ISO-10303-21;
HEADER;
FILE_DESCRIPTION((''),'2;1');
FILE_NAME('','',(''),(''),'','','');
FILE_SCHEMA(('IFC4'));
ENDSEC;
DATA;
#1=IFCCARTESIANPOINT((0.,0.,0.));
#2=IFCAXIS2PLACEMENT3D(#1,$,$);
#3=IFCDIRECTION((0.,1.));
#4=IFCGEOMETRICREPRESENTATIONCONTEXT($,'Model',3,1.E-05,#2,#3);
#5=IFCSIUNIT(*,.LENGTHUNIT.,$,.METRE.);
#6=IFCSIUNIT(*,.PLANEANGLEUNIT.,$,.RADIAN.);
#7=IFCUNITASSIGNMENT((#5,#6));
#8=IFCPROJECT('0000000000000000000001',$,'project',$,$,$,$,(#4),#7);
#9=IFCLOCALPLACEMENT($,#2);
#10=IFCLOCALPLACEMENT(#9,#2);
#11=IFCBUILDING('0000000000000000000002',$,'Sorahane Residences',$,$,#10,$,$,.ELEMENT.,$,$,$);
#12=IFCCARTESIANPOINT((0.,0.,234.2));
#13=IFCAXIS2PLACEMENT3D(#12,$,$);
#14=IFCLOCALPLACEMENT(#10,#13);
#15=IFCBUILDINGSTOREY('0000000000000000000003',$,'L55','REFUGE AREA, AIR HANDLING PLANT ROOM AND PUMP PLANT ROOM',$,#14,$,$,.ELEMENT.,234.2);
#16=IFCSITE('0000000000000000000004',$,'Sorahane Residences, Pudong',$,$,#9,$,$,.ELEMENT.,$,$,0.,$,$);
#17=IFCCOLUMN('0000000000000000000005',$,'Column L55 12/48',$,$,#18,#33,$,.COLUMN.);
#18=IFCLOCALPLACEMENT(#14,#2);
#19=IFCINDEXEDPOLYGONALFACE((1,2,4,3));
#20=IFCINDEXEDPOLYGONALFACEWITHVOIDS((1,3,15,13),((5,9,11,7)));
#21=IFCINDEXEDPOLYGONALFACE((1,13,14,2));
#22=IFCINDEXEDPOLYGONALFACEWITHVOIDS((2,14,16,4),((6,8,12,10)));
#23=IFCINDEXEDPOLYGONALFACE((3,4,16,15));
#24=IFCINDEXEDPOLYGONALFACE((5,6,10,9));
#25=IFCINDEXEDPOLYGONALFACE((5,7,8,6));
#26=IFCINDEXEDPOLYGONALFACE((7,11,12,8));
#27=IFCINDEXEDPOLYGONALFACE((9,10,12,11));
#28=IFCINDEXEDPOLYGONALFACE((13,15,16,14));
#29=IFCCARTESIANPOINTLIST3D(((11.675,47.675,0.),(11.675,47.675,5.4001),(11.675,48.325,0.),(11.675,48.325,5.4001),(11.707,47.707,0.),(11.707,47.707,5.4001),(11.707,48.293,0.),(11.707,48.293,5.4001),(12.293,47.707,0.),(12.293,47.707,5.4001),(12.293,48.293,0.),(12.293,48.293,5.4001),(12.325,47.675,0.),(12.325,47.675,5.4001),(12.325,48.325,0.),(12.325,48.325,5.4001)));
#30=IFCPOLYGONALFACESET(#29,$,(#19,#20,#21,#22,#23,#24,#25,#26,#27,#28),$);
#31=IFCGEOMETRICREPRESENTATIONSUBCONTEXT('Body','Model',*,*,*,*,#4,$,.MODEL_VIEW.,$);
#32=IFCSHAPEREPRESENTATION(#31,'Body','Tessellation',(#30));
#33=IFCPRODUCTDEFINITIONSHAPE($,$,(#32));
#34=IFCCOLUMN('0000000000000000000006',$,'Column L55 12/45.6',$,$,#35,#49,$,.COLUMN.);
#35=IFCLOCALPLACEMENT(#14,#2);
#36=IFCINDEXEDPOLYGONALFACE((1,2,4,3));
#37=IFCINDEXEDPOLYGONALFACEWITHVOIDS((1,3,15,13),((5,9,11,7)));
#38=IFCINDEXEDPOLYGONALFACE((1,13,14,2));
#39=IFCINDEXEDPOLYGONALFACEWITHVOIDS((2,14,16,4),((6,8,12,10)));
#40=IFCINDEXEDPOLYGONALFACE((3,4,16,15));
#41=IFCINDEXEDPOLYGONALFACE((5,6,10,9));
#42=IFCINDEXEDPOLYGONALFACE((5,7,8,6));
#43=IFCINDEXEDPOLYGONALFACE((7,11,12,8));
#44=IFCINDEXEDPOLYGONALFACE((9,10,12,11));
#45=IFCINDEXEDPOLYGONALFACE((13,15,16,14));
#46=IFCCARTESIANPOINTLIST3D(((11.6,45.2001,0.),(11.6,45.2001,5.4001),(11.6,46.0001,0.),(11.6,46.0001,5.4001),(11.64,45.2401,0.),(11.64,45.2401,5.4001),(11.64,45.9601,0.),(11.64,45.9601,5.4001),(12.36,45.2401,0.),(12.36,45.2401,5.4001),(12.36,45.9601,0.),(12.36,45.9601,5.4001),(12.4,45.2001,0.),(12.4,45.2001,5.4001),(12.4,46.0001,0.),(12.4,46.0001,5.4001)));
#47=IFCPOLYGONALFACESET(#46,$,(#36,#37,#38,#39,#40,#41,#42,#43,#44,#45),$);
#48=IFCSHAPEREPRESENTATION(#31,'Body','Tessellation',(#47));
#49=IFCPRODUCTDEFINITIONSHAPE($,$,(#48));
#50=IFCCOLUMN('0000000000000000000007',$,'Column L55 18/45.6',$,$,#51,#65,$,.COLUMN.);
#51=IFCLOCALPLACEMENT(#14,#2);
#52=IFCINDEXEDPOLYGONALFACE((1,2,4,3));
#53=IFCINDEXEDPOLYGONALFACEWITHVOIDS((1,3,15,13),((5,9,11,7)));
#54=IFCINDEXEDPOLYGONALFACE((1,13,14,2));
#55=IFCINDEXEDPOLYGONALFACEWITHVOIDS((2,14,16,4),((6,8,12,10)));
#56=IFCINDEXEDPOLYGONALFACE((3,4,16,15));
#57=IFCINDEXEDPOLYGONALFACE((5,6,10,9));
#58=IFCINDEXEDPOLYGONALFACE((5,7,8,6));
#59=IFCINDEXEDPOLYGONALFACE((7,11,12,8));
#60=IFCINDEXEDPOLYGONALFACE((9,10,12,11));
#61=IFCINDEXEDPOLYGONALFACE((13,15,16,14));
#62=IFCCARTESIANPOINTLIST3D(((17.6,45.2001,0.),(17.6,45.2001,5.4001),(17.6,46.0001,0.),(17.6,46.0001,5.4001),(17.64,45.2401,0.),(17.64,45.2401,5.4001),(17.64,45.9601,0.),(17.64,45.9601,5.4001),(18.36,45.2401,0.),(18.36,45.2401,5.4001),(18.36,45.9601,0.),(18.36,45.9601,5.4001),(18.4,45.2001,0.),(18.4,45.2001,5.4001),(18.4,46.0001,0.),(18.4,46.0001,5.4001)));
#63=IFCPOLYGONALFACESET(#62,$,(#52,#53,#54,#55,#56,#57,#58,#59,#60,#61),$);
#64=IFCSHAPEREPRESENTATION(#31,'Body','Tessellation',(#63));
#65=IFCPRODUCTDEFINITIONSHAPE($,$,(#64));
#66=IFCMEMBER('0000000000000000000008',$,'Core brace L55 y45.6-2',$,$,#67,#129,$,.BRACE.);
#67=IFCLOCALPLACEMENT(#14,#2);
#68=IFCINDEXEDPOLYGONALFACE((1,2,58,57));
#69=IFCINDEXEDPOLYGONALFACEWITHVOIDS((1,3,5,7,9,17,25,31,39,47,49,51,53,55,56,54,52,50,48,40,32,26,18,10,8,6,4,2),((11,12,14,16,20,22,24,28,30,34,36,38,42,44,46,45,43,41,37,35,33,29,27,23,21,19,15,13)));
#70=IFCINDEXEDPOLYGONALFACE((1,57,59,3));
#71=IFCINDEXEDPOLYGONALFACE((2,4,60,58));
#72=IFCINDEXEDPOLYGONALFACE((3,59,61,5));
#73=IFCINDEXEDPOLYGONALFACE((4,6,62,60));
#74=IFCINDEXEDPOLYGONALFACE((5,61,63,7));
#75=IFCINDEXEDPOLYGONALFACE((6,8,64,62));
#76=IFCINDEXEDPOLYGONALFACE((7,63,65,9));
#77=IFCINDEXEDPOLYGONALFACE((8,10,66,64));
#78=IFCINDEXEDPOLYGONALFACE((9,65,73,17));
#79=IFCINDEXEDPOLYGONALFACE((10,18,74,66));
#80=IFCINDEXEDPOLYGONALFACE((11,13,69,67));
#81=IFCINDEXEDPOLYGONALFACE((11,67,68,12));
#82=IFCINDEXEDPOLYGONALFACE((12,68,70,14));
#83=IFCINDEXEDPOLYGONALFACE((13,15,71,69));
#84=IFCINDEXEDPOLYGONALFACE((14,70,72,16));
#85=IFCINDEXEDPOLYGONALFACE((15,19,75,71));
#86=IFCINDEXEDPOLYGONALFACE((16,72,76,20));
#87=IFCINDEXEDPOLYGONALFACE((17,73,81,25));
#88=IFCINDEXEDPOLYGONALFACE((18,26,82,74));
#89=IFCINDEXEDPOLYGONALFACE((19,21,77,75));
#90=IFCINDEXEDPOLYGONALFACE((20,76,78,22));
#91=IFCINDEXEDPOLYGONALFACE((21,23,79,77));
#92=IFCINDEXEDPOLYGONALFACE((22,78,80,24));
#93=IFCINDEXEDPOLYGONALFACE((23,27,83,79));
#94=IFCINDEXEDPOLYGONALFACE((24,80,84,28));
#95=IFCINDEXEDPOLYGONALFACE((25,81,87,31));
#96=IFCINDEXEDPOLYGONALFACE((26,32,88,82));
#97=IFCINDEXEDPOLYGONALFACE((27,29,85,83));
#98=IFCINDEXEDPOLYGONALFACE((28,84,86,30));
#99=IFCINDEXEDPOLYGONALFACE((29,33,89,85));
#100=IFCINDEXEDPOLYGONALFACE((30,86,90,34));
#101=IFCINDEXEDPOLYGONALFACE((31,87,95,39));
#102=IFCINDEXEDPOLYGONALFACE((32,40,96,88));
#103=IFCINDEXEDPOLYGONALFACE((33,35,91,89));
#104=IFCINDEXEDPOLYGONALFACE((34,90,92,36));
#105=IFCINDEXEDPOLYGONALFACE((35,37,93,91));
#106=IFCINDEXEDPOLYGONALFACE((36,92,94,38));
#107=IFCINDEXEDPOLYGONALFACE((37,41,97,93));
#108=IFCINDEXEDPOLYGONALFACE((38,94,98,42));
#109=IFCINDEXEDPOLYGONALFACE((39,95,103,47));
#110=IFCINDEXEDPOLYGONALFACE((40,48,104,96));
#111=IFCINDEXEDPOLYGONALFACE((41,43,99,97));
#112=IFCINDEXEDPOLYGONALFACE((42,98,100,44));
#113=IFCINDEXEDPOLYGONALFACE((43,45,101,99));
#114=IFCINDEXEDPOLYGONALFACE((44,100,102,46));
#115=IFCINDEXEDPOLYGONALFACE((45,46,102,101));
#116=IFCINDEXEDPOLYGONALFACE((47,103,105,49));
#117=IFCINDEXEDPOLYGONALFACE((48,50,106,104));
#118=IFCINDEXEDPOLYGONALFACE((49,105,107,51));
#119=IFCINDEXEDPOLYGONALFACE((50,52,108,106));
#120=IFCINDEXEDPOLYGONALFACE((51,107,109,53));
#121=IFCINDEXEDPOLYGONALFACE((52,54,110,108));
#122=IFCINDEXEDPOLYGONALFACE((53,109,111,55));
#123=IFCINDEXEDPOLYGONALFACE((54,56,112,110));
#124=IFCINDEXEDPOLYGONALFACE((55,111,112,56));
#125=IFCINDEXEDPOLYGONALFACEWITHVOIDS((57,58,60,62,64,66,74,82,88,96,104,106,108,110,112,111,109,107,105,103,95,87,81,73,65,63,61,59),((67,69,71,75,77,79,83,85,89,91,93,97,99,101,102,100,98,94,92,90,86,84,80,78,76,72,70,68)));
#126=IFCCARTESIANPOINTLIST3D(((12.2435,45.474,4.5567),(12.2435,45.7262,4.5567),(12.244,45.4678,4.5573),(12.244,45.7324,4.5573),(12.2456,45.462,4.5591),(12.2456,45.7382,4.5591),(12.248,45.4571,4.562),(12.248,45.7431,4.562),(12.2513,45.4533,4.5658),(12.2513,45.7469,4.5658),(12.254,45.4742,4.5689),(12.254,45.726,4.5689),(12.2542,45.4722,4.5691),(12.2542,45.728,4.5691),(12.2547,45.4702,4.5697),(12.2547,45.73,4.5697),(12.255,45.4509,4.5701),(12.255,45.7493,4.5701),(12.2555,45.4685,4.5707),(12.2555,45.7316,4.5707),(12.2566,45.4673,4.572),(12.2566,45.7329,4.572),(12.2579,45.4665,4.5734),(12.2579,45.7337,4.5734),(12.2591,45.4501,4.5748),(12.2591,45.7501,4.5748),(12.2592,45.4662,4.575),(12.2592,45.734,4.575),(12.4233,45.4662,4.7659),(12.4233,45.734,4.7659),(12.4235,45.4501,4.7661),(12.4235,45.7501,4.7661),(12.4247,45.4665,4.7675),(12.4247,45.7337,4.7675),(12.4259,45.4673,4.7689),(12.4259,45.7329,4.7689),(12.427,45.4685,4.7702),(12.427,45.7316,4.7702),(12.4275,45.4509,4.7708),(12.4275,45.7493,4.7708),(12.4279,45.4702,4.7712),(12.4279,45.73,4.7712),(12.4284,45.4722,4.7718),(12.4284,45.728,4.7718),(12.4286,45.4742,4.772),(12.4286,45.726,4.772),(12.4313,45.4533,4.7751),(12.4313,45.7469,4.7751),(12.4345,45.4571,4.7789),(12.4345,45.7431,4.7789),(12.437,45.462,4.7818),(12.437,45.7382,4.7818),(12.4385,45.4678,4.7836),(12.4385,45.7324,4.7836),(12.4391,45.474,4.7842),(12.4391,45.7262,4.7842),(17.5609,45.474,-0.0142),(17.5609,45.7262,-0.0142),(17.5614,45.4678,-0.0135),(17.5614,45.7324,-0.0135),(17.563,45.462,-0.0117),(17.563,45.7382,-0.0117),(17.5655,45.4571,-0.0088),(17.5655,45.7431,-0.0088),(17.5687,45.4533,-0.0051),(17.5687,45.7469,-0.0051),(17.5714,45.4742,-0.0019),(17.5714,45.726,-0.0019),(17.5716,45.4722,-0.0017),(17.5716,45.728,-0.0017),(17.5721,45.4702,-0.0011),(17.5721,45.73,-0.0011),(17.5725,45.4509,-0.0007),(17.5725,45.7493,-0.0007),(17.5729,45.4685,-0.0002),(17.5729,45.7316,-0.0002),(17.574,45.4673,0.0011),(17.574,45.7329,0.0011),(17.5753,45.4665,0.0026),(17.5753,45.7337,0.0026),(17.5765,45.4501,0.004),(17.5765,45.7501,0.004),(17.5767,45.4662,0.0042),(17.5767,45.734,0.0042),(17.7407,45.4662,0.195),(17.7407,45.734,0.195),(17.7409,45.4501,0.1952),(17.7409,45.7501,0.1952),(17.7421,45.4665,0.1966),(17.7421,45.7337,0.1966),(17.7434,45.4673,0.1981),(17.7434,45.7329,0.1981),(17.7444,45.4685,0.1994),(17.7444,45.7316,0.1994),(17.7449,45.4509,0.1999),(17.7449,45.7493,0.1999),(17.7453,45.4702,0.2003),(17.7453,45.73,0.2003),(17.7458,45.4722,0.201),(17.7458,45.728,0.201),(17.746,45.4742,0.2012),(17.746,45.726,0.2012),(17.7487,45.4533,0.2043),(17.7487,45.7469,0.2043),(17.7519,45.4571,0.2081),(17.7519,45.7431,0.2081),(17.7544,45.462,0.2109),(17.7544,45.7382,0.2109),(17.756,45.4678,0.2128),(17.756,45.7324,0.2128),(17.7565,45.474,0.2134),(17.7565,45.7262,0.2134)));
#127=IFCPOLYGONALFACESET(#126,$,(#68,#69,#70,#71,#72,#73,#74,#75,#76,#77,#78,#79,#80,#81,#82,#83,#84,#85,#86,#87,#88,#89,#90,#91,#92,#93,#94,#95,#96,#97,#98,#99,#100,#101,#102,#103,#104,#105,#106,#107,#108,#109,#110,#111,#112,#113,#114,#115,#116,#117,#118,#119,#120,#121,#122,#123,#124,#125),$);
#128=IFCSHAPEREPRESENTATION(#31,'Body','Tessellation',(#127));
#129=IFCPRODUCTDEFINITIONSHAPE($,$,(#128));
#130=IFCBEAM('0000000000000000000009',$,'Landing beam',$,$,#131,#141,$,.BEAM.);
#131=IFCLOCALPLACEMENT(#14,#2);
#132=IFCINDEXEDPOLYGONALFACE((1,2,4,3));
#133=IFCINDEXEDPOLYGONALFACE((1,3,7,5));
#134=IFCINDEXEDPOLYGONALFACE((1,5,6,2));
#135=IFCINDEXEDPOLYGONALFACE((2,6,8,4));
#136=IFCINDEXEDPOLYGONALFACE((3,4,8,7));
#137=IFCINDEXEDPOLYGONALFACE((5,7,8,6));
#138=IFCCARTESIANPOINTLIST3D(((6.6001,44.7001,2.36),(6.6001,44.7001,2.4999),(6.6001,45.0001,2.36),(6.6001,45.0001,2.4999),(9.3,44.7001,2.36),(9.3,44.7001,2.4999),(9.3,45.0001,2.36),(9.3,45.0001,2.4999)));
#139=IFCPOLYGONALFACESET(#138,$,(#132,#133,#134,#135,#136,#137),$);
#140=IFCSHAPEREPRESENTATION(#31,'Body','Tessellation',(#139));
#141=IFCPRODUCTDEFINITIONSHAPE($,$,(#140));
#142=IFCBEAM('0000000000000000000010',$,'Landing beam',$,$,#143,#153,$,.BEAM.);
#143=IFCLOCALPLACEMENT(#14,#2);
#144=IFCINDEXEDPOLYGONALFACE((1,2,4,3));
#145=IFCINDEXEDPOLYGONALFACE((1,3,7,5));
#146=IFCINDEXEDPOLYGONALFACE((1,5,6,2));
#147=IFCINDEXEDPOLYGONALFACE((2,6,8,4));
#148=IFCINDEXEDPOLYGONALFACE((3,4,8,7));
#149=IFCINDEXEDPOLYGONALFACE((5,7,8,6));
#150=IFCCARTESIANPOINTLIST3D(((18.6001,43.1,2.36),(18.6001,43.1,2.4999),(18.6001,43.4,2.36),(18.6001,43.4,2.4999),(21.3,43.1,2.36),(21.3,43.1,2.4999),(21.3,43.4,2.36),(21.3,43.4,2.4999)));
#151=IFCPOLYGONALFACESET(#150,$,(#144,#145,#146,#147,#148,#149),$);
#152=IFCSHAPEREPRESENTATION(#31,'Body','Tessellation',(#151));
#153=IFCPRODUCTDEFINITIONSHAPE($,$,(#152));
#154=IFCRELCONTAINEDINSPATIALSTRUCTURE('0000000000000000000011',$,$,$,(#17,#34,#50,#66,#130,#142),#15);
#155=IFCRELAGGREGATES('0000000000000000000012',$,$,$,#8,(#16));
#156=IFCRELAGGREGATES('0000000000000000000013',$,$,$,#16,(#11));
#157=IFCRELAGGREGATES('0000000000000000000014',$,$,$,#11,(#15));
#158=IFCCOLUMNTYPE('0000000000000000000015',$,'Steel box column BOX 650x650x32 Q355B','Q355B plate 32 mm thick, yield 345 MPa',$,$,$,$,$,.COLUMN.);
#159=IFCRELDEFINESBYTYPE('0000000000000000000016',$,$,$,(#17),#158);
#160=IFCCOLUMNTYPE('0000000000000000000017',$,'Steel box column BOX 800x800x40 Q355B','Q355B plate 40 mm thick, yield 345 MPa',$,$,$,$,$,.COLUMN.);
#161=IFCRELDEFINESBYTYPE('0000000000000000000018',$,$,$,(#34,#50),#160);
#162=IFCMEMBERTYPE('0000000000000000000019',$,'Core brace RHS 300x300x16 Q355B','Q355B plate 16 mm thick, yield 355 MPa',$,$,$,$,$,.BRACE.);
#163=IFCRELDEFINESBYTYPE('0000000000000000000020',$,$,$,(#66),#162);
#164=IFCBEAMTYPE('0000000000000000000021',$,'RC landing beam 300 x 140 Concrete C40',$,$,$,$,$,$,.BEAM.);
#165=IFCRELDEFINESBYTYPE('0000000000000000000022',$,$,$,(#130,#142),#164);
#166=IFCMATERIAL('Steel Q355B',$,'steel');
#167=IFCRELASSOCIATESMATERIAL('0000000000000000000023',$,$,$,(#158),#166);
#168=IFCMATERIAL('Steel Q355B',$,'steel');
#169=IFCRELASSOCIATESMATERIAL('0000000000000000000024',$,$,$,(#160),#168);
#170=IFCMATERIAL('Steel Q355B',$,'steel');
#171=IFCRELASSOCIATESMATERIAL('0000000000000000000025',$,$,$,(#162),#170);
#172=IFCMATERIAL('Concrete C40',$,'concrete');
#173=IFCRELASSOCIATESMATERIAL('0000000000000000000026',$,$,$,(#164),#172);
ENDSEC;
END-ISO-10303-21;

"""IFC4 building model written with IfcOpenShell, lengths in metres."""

from ifc_helpers import new_model, si_unit, direction, frame, origin, origin_2d, place, context, subcontext, project, spatial, rectangle, hollow_rectangle, extrude, material, material_profile, profile_set, type_object, element, save


model = new_model("IFC4")

# Units and contexts
model_context = context("Model", 3, precision=1e-05, world=origin(), true_north=direction((0.0, 1.0)))
body_context = subcontext(model_context, "Body", "Model", "MODEL_VIEW")
ifc_project = project(units=[si_unit("LENGTHUNIT", "METRE"), si_unit("PLANEANGLEUNIT", "RADIAN")], contexts=[model_context])

# Site, building, storey
site_placement = place(None, origin())
site = spatial("IfcSite", under=ifc_project, at=site_placement, Name="Sorahane Residences, Pudong", CompositionType="ELEMENT", RefElevation=0.0)
building_placement = place(site_placement, origin())
building = spatial("IfcBuilding", under=site, at=building_placement, Name="Sorahane Residences", CompositionType="ELEMENT")
storey_placement = place(building_placement, frame((0.0, 0.0, 234.2)))
storey = spatial("IfcBuildingStorey", under=building, at=storey_placement, Name="L55", Description="REFUGE AREA, AIR HANDLING PLANT ROOM AND PUMP PLANT ROOM", CompositionType="ELEMENT", Elevation=234.2)

# Columns
ifc_material_1 = material(Name="Steel Q355B", Category="steel")
ifc_material_profile_1 = material_profile(ifc_material_1, hollow_rectangle(XDim=0.6499, YDim=0.6499, WallThickness=0.032, at=origin_2d()), Name="BOX 650x650x32")
ifc_profile_set_1 = profile_set([ifc_material_profile_1], Name="Steel Q355B")
column_type_1 = type_object("IfcColumnType", Name="Steel box column BOX 650x650x32 Q355B", Description="Q355B plate 32 mm thick, yield 345 MPa", PredefinedType="COLUMN", material=ifc_profile_set_1)
column_placement = place(storey_placement, frame((12.0, 48.0, 0.0), z_axis=(0.0, 0.0, 1.0), x_axis=(1.0, 0.0, 0.0)))
element("IfcColumn", 1, at=column_placement, inside=storey, type_object=column_type_1, Name="Column L55 12/48", PredefinedType="COLUMN", context=body_context, shape_type="SweptSolid", body=[
    extrude(hollow_rectangle(XDim=0.6499, YDim=0.6499, WallThickness=0.032, at=origin_2d()), origin(), (0.0, 0.0, 1.0), 5.4001),
])
ifc_material_2 = material(Name="Steel Q355B", Category="steel")
ifc_material_profile_2 = material_profile(ifc_material_2, hollow_rectangle(XDim=0.8, YDim=0.8, WallThickness=0.04, at=origin_2d()), Name="BOX 800x800x40")
ifc_profile_set_2 = profile_set([ifc_material_profile_2], Name="Steel Q355B")
column_type_2 = type_object("IfcColumnType", Name="Steel box column BOX 800x800x40 Q355B", Description="Q355B plate 40 mm thick, yield 345 MPa", PredefinedType="COLUMN", material=ifc_profile_set_2)
for number, where, z_axis, x_axis, name in (
    (2, (12.0, 45.6001, 0.0), (0.0, 0.0, 1.0), (1.0, 0.0, 0.0), "Column L55 12/45.6"),
    (3, (18.0, 45.6001, 0.0), (0.0, 0.0, 1.0), (1.0, 0.0, 0.0), "Column L55 18/45.6"),
):
    element("IfcColumn", number, at=place(storey_placement, frame(where, z_axis=z_axis, x_axis=x_axis)), inside=storey, type_object=column_type_2, Name=name, PredefinedType="COLUMN", context=body_context, shape_type="SweptSolid", body=[
        extrude(hollow_rectangle(XDim=0.8, YDim=0.8, WallThickness=0.04, at=origin_2d()), origin(), (0.0, 0.0, 1.0), 5.4001),
    ])

# Member
ifc_material_3 = material(Name="Steel Q355B", Category="steel")
ifc_material_profile_3 = material_profile(ifc_material_3, hollow_rectangle(XDim=0.3, YDim=0.3, WallThickness=0.0161, InnerFilletRadius=0.0081, OuterFilletRadius=0.0239, at=origin_2d()), Name="RHS 300x300x16")
ifc_profile_set_3 = profile_set([ifc_material_profile_3], Name="Steel Q355B")
member_type = type_object("IfcMemberType", Name="Core brace RHS 300x300x16 Q355B", Description="Q355B plate 16 mm thick, yield 355 MPa", PredefinedType="BRACE", material=ifc_profile_set_3)
member_placement = place(storey_placement, frame((17.6587, 45.6001, 0.0996), z_axis=(-0.758337, 0.0, 0.651863), x_axis=(0.0, -1.0, 0.0)))
element("IfcMember", 4, at=member_placement, inside=storey, type_object=member_type, Name="Core brace L55 y45.6-2", PredefinedType="BRACE", context=body_context, shape_type="SweptSolid", body=[
    extrude(hollow_rectangle(XDim=0.3, YDim=0.3, WallThickness=0.0161, InnerFilletRadius=0.0081, OuterFilletRadius=0.0239, at=origin_2d()), origin(), (0.0, 0.0, 1.0), 7.012),
])

# Beams
ifc_material_4 = material(Name="Concrete C40", Category="concrete")
ifc_material_profile_4 = material_profile(ifc_material_4, rectangle(XDim=0.3, YDim=0.1399, at=origin_2d()), Name="300x140")
ifc_profile_set_4 = profile_set([ifc_material_profile_4], Name="Concrete C40")
beam_type_1 = type_object("IfcBeamType", Name="RC landing beam 300 x 140 Concrete C40", PredefinedType="BEAM", material=ifc_profile_set_4)
for number, where, z_axis, x_axis, name in (
    (5, (6.6001, 44.8501, 2.4299), (1.0, 0.0, 0.0), (0.0, 1.0, 0.0), "Landing beam"),
    (6, (18.6001, 43.25, 2.4299), (1.0, 0.0, 0.0), (0.0, 1.0, 0.0), "Landing beam"),
):
    element("IfcBeam", number, at=place(storey_placement, frame(where, z_axis=z_axis, x_axis=x_axis)), inside=storey, type_object=beam_type_1, Name=name, PredefinedType="BEAM", context=body_context, shape_type="SweptSolid", body=[
        extrude(rectangle(XDim=0.3, YDim=0.1399, at=origin_2d()), origin(), (0.0, 0.0, 1.0), 2.7),
    ])

save(model, "model.ifc")
